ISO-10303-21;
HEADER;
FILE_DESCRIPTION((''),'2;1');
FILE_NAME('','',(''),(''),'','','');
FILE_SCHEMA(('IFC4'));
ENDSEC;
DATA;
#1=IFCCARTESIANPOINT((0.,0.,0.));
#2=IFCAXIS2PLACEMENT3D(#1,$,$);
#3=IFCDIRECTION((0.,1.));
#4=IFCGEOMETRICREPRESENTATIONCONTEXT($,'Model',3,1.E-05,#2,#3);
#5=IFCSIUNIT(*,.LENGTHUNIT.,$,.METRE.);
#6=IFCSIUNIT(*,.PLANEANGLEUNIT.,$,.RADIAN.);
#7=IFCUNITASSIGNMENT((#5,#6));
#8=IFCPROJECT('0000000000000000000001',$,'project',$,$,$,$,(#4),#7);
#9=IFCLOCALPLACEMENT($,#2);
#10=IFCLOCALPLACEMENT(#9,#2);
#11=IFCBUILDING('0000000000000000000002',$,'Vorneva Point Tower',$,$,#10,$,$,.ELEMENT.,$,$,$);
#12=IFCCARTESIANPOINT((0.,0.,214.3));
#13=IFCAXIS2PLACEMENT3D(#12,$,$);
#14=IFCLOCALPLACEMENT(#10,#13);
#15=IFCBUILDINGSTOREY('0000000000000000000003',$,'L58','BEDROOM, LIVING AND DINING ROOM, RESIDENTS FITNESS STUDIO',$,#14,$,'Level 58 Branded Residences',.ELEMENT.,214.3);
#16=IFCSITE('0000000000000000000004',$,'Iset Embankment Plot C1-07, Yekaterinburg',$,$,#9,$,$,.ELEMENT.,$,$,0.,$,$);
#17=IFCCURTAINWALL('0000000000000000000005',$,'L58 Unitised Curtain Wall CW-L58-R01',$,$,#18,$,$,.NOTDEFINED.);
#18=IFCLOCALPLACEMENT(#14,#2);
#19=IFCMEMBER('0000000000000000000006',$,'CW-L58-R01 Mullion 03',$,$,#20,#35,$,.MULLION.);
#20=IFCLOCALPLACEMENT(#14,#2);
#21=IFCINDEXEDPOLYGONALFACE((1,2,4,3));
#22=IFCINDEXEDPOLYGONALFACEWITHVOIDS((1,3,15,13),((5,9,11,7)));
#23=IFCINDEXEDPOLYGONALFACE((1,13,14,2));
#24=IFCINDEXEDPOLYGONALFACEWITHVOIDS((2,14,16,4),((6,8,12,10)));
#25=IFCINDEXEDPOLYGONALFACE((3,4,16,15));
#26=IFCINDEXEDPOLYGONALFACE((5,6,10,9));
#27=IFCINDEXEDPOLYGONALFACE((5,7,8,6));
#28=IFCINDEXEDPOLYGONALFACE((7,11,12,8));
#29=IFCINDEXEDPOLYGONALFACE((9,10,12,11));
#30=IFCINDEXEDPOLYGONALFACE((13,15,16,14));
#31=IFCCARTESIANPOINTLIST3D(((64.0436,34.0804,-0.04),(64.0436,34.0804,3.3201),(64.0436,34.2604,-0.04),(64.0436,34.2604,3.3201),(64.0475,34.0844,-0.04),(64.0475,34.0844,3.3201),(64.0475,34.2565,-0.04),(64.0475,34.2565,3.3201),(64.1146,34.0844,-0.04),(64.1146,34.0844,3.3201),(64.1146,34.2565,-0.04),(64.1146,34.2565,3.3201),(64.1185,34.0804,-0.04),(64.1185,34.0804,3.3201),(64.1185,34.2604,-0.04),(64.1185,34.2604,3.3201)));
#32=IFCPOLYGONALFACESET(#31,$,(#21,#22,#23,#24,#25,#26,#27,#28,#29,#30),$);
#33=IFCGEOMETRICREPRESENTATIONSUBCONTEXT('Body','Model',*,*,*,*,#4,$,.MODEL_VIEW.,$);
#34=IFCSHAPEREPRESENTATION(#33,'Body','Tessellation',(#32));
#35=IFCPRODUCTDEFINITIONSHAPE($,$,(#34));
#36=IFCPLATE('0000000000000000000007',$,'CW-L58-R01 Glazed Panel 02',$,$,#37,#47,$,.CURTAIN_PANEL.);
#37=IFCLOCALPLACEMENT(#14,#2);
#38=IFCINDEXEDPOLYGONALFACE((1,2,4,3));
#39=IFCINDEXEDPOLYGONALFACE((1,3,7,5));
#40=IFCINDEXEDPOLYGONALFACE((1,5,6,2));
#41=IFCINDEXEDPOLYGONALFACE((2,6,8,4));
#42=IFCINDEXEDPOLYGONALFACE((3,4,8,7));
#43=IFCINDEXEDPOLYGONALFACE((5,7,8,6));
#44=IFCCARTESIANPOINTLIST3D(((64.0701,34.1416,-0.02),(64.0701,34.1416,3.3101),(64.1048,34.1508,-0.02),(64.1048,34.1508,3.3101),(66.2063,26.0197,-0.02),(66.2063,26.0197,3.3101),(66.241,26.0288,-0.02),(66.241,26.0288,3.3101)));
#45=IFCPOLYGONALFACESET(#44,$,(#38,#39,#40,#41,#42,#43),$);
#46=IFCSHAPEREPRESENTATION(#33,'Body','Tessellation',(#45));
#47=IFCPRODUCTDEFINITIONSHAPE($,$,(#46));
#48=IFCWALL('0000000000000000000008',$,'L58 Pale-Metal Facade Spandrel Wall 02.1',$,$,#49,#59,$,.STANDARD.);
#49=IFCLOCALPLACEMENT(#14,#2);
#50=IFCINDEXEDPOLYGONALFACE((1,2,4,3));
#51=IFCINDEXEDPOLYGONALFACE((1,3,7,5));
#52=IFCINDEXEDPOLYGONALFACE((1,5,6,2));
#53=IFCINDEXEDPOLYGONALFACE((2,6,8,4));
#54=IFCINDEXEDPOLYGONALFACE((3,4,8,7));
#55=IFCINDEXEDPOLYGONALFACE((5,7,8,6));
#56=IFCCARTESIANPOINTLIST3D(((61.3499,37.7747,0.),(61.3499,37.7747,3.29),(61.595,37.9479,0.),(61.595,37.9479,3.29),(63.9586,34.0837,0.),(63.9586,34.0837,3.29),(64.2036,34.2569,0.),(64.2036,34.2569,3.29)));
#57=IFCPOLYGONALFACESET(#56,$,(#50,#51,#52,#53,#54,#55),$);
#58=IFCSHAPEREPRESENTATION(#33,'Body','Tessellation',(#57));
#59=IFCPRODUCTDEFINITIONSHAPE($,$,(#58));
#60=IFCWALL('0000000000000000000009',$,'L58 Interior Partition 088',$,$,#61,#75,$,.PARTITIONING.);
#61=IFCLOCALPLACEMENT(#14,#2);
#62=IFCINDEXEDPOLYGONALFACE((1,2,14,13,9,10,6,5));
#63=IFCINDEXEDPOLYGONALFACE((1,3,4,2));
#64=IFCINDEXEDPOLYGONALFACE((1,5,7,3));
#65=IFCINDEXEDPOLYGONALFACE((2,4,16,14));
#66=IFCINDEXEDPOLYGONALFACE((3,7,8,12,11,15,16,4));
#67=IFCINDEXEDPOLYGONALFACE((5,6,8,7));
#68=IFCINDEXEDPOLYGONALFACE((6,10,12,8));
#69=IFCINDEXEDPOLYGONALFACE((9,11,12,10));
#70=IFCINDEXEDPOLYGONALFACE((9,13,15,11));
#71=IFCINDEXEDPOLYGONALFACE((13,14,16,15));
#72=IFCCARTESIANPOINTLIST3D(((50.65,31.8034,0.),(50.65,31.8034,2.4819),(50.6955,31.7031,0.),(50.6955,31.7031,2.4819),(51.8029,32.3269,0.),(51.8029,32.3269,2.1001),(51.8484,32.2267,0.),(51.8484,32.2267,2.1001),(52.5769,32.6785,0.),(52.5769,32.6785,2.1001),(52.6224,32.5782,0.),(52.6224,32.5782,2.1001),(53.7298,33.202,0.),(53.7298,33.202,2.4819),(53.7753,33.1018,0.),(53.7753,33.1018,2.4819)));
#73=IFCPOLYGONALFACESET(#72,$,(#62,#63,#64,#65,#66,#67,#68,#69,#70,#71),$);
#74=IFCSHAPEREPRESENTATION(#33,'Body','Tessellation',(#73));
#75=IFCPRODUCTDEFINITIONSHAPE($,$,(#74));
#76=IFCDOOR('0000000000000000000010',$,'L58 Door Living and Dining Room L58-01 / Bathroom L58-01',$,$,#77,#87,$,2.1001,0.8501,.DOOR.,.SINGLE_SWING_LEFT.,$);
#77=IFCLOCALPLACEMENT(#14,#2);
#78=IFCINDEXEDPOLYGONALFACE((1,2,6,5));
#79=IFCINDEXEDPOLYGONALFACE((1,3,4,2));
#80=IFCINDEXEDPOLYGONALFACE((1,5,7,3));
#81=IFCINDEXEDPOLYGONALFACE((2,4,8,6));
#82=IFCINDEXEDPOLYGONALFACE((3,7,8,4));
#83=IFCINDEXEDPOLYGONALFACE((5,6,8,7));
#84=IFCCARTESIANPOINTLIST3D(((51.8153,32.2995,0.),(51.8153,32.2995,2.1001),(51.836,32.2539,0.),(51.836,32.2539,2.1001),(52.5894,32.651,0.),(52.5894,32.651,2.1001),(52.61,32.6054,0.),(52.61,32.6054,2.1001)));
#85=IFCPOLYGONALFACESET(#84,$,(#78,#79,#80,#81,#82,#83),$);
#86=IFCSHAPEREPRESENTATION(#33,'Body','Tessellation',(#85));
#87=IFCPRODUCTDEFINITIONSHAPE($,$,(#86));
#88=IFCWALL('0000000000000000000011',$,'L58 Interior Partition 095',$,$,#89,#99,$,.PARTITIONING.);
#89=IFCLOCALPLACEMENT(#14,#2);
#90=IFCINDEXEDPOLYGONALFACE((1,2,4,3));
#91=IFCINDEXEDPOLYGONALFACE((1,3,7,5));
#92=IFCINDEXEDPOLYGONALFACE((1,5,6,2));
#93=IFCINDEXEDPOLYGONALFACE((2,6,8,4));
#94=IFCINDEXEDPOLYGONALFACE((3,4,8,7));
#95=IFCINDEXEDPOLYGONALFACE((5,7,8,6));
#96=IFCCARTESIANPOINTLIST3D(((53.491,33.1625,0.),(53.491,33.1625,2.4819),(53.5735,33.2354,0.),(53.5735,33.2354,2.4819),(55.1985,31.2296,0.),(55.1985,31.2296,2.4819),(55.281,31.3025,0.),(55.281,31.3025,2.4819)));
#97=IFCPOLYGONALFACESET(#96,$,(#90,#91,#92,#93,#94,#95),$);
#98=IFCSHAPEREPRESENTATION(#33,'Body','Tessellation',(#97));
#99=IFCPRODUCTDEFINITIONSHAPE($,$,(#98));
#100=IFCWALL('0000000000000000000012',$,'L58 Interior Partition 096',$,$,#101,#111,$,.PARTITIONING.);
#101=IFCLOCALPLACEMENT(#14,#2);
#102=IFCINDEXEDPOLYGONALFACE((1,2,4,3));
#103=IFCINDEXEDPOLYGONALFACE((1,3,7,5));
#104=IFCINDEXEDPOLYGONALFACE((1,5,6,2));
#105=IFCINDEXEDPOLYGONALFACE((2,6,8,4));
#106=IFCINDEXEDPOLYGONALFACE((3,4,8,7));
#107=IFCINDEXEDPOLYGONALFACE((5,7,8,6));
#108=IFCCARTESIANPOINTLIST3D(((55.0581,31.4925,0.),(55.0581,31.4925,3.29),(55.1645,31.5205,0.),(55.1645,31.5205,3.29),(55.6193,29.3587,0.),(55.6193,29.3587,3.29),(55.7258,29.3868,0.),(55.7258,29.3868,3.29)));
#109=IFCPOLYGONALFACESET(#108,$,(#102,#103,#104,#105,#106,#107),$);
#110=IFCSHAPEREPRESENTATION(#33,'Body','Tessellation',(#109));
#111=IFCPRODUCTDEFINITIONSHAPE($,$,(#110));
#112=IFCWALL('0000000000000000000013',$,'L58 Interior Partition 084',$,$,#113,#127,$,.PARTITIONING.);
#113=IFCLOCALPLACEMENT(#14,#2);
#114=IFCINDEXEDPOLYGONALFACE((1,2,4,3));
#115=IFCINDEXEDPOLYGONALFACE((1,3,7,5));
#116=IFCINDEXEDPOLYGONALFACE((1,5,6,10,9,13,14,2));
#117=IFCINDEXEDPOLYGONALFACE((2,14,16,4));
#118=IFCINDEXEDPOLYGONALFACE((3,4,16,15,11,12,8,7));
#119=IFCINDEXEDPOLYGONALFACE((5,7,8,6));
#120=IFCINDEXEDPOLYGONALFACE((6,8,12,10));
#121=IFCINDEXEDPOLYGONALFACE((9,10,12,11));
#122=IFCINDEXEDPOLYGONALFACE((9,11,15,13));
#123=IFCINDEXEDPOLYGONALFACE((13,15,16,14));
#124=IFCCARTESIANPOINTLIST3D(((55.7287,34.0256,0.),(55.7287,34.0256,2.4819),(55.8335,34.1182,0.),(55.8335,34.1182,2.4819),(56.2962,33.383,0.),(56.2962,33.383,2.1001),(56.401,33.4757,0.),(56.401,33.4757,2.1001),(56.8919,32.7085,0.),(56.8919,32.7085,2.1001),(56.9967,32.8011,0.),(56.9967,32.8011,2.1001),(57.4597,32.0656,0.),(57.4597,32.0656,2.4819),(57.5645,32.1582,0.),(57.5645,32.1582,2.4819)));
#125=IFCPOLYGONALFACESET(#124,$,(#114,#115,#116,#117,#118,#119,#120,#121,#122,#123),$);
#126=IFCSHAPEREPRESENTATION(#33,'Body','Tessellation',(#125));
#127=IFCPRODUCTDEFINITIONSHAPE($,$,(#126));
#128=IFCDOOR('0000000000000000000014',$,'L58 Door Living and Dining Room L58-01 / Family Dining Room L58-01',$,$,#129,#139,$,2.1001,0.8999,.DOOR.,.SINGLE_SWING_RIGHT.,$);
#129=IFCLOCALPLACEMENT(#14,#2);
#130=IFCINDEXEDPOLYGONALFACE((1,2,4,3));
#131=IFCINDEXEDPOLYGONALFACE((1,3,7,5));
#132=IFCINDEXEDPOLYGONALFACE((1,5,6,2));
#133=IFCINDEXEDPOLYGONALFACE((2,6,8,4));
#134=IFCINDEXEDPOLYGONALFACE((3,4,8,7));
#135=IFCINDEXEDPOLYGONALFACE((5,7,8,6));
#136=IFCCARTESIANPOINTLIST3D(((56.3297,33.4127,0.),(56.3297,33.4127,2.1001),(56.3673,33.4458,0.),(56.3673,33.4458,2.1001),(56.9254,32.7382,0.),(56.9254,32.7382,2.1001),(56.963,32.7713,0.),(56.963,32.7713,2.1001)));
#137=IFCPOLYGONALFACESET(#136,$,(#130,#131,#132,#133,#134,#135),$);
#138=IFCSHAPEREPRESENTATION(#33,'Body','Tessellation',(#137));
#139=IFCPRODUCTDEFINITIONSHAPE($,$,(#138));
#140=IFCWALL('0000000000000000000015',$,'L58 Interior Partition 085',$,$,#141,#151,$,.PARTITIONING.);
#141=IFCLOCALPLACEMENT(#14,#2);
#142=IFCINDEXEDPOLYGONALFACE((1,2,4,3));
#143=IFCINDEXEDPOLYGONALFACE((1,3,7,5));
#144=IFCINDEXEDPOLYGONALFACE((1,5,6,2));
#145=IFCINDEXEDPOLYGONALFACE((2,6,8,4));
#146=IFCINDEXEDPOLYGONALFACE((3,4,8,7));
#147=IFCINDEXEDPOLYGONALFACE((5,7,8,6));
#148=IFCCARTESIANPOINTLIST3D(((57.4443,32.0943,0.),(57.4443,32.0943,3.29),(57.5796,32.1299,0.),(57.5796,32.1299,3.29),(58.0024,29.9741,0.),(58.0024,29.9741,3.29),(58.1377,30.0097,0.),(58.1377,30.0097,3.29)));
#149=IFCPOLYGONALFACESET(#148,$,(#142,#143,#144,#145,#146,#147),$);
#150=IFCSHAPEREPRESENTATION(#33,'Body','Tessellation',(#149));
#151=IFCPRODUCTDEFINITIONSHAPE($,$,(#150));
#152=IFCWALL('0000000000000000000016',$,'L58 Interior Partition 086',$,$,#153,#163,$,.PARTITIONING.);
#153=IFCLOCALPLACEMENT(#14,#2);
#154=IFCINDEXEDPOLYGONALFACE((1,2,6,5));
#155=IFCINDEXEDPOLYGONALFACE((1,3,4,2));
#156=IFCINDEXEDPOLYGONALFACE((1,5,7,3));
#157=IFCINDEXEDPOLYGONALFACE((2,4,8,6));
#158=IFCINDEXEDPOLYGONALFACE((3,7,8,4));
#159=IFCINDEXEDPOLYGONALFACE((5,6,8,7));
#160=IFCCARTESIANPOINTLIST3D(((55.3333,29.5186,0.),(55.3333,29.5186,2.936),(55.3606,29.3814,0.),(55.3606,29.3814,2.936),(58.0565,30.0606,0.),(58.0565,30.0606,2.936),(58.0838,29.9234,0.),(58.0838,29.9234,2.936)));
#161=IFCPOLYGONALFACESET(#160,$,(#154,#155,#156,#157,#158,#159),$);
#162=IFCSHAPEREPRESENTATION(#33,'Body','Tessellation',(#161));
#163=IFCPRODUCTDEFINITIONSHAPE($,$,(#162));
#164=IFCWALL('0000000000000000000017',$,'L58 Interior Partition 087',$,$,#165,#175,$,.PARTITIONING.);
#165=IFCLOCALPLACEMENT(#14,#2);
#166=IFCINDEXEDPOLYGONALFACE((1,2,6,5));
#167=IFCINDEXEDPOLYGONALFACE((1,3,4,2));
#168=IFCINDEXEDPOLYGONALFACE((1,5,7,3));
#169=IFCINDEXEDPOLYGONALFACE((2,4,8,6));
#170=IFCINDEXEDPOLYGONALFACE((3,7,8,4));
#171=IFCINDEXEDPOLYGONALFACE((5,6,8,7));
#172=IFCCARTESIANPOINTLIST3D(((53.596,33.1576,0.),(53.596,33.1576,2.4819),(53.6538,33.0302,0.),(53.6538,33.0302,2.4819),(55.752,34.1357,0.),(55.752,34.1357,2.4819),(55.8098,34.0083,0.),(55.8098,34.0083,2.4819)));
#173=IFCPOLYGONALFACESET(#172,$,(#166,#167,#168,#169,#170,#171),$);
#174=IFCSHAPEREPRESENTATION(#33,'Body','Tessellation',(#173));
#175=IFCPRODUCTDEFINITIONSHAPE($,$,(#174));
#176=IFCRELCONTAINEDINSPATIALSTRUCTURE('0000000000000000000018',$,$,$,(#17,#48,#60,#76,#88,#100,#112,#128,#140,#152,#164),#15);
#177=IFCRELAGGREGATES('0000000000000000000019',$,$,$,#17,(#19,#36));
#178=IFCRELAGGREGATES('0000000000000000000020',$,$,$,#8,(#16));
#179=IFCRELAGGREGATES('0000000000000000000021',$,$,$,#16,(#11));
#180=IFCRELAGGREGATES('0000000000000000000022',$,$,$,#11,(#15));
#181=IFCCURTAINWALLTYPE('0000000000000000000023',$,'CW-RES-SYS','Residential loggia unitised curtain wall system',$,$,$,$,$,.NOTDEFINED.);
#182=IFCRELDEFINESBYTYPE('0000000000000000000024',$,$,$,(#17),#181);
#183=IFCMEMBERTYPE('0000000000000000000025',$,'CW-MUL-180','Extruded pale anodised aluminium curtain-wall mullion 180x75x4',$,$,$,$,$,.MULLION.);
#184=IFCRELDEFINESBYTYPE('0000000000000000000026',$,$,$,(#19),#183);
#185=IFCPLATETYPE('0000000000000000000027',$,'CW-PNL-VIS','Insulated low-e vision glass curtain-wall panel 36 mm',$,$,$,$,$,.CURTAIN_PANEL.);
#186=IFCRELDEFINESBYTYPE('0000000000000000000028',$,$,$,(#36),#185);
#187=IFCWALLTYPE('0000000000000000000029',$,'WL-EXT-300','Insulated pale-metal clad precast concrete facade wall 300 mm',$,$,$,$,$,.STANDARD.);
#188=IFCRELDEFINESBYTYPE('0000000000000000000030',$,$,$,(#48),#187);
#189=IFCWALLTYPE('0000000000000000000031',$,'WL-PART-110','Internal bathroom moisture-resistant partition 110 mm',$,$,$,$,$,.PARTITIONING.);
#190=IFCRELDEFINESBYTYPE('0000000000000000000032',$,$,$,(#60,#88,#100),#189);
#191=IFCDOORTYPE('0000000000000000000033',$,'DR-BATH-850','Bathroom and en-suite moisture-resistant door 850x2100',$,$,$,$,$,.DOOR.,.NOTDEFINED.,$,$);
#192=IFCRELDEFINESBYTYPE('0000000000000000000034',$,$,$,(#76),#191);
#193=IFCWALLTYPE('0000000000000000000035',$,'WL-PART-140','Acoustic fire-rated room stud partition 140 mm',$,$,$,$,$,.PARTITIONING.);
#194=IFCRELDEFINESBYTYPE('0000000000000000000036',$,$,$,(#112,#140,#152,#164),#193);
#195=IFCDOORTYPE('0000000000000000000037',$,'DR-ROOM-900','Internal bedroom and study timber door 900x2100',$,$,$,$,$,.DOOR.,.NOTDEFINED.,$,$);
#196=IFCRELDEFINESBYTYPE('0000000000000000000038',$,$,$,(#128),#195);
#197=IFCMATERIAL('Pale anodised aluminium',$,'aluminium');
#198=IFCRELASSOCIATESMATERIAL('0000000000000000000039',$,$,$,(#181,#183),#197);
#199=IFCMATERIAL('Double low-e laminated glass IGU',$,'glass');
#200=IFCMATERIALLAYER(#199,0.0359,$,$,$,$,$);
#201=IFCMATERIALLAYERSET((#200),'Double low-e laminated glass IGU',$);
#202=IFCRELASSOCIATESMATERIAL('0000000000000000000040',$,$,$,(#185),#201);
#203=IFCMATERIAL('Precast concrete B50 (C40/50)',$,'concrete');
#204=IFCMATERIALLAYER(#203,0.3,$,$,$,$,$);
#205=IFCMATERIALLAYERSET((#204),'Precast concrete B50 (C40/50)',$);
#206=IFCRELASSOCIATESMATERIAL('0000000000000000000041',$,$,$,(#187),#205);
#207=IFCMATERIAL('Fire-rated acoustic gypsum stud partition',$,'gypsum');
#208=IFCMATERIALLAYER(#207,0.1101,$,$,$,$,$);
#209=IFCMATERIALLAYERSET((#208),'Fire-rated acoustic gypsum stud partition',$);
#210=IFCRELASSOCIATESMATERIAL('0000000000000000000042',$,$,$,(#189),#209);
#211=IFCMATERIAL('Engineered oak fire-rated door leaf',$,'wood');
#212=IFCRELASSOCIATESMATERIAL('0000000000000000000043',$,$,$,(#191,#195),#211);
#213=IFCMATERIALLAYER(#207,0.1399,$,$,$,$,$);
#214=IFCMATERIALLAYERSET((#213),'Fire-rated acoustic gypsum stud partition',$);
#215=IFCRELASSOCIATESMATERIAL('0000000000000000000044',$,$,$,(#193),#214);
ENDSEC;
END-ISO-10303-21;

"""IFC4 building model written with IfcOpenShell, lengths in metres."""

from ifc_helpers import new_model, si_unit, direction, frame, frame_2d, origin, origin_2d, place, context, subcontext, project, spatial, rectangle, hollow_rectangle, extrude, material, layer, layer_set, material_profile, profile_set, type_object, element, fill, aggregate, save


model = new_model("IFC4")

# Units and contexts
model_context = context("Model", 3, precision=1e-05, world=origin(), true_north=direction((0.0, 1.0)))
body_context = subcontext(model_context, "Body", "Model", "MODEL_VIEW")
ifc_project = project(units=[si_unit("LENGTHUNIT", "METRE"), si_unit("PLANEANGLEUNIT", "RADIAN")], contexts=[model_context])

# Site, building, storey
site_placement = place(None, origin())
site = spatial("IfcSite", under=ifc_project, at=site_placement, Name="Iset Embankment Plot C1-07, Yekaterinburg", CompositionType="ELEMENT", RefElevation=0.0)
building_placement = place(site_placement, origin())
building = spatial("IfcBuilding", under=site, at=building_placement, Name="Vorneva Point Tower", CompositionType="ELEMENT")
storey_placement = place(building_placement, frame((0.0, 0.0, 214.3)))
storey = spatial("IfcBuildingStorey", under=building, at=storey_placement, Name="L58", Description="BEDROOM, LIVING AND DINING ROOM, RESIDENTS FITNESS STUDIO", LongName="Level 58 Branded Residences", CompositionType="ELEMENT", Elevation=214.3)

# Curtain wall, member, plate
ifc_material_1 = material(Name="Pale anodised aluminium", Category="aluminium")
curtain_wall_type = type_object("IfcCurtainWallType", Name="CW-RES-SYS", Description="Residential loggia unitised curtain wall system", PredefinedType="NOTDEFINED", material=ifc_material_1)
curtain_wall_placement = place(storey_placement, origin())
curtain_wall = element("IfcCurtainWall", 1, at=curtain_wall_placement, inside=storey, type_object=curtain_wall_type, Name="L58 Unitised Curtain Wall CW-L58-R01", PredefinedType="NOTDEFINED")
ifc_material_profile_1 = material_profile(ifc_material_1, hollow_rectangle(XDim=0.075, YDim=0.1799, WallThickness=0.0039, at=origin_2d()), Name="AL-MUL 180x75x4")
ifc_profile_set_1 = profile_set([ifc_material_profile_1], Name="Pale anodised aluminium")
member_type = type_object("IfcMemberType", Name="CW-MUL-180", Description="Extruded pale anodised aluminium curtain-wall mullion 180x75x4", PredefinedType="MULLION", material=ifc_profile_set_1)
member_placement = place(storey_placement, frame((64.0811, 34.1704, -0.04), z_axis=(0.0, 0.0, 1.0), x_axis=(1.0, 0.0, 0.0)))
member = element("IfcMember", 2, at=member_placement, type_object=member_type, Name="CW-L58-R01 Mullion 03", PredefinedType="MULLION", context=body_context, shape_type="SweptSolid", body=[
    extrude(hollow_rectangle(XDim=0.075, YDim=0.1799, WallThickness=0.0039, at=origin_2d()), origin(), (0.0, 0.0, 1.0), 3.3601),
])
ifc_material_2 = material(Name="Double low-e laminated glass IGU", Category="glass")
ifc_layer_1 = layer(ifc_material_2, 0.0359)
ifc_layer_set_1 = layer_set([ifc_layer_1], Name="Double low-e laminated glass IGU")
plate_type = type_object("IfcPlateType", Name="CW-PNL-VIS", Description="Insulated low-e vision glass curtain-wall panel 36 mm", PredefinedType="CURTAIN_PANEL", material=ifc_layer_set_1)
plate_placement = place(storey_placement, frame((65.1555, 30.0852, -0.02), z_axis=(0.0, 0.0, 1.0), x_axis=(-0.254366, 0.967108, 0.0)))
plate = element("IfcPlate", 3, at=plate_placement, type_object=plate_type, Name="CW-L58-R01 Glazed Panel 02", PredefinedType="CURTAIN_PANEL", context=body_context, shape_type="SweptSolid", body=[
    extrude(rectangle(XDim=8.3982, YDim=0.0359, at=origin_2d()), origin(), (0.0, 0.0, 1.0), 3.3301),
])
aggregate(curtain_wall, [member, plate])

# Wall
ifc_material_3 = material(Name="Precast concrete B50 (C40/50)", Category="concrete")
ifc_layer_2 = layer(ifc_material_3, 0.3)
ifc_layer_set_2 = layer_set([ifc_layer_2], Name="Precast concrete B50 (C40/50)")
wall_type_1 = type_object("IfcWallType", Name="WL-EXT-300", Description="Insulated pale-metal clad precast concrete facade wall 300 mm", PredefinedType="STANDARD", material=ifc_layer_set_2)
wall_1_placement = place(storey_placement, frame((64.0811, 34.1704, 0.0), z_axis=(0.0, 0.0, 1.0), x_axis=(-0.577169, 0.816625, 0.0)))
element("IfcWall", 4, at=wall_1_placement, inside=storey, type_object=wall_type_1, Name="L58 Pale-Metal Facade Spandrel Wall 02.1", PredefinedType="STANDARD", context=body_context, shape_type="SweptSolid", body=[
    extrude(rectangle(XDim=4.5198, YDim=0.3, at=frame_2d((2.2598, 0.0))), origin(), (0.0, 0.0, 1.0), 3.29),
])

# Wall, opening, door
ifc_material_4 = material(Name="Fire-rated acoustic gypsum stud partition", Category="gypsum")
ifc_layer_3 = layer(ifc_material_4, 0.1101)
ifc_layer_set_3 = layer_set([ifc_layer_3], Name="Fire-rated acoustic gypsum stud partition")
wall_type_2 = type_object("IfcWallType", Name="WL-PART-110", Description="Internal bathroom moisture-resistant partition 110 mm", PredefinedType="PARTITIONING", material=ifc_layer_set_3)
wall_2_placement = place(storey_placement, frame((50.6726, 31.7532, 0.0), z_axis=(0.0, 0.0, 1.0), x_axis=(0.910505, 0.413498, 0.0)))
wall_2 = element("IfcWall", 5, at=wall_2_placement, inside=storey, type_object=wall_type_2, Name="L58 Interior Partition 088", PredefinedType="PARTITIONING", context=body_context, shape_type="SweptSolid", body=[
    extrude(rectangle(XDim=3.3826, YDim=0.1101, at=frame_2d((1.6914, 0.0))), origin(), (0.0, 0.0, 1.0), 2.4819),
])
opening_1_placement = place(wall_2_placement, frame((1.2664, 0.0, 0.0)))
opening_1 = element("IfcOpeningElement", 6, at=opening_1_placement, cuts=wall_2, PredefinedType="OPENING", context=body_context, shape_type="SweptSolid", body=[
    extrude(rectangle(XDim=0.8501, YDim=2.1001, at=frame_2d((0.425, 1.05))), frame((0.0, 0.0698, 0.0), z_axis=(0.0, -1.0, 0.0), x_axis=(1.0, 0.0, 0.0)), (0.0, 0.0, 1.0), 0.1399),
])
ifc_material_5 = material(Name="Engineered oak fire-rated door leaf", Category="wood")
door_type_1 = type_object("IfcDoorType", Name="DR-BATH-850", Description="Bathroom and en-suite moisture-resistant door 850x2100", OperationType="NOTDEFINED", PredefinedType="DOOR", material=ifc_material_5)
door_1_placement = place(opening_1_placement, origin())
door_1 = element("IfcDoor", 7, at=door_1_placement, inside=storey, type_object=door_type_1, Name="L58 Door Living and Dining Room L58-01 / Bathroom L58-01", OperationType="SINGLE_SWING_LEFT", OverallHeight=2.1001, OverallWidth=0.8501, PredefinedType="DOOR", context=body_context, shape_type="SweptSolid", body=[
    extrude(rectangle(XDim=0.8501, YDim=2.1001, at=frame_2d((0.425, 1.05))), frame((0.0, 0.0249, 0.0), z_axis=(0.0, -1.0, 0.0), x_axis=(1.0, 0.0, 0.0)), (0.0, 0.0, 1.0), 0.05),
])
fill(opening_1, door_1)

# Walls
wall_3_placement = place(storey_placement, frame((53.5322, 33.199, 0.0), z_axis=(0.0, 0.0, 1.0), x_axis=(0.662069, -0.749443, 0.0)))
element("IfcWall", 8, at=wall_3_placement, inside=storey, type_object=wall_type_2, Name="L58 Interior Partition 095", PredefinedType="PARTITIONING", context=body_context, shape_type="SweptSolid", body=[
    extrude(rectangle(XDim=2.5791, YDim=0.1101, at=frame_2d((1.2896, 0.0))), origin(), (0.0, 0.0, 1.0), 2.4819),
])
wall_4_placement = place(storey_placement, frame((55.1113, 31.5063, 0.0), z_axis=(0.0, 0.0, 1.0), x_axis=(0.25439, -0.967102, 0.0)))
element("IfcWall", 9, at=wall_4_placement, inside=storey, type_object=wall_type_2, Name="L58 Interior Partition 096", PredefinedType="PARTITIONING", context=body_context, shape_type="SweptSolid", body=[
    extrude(rectangle(XDim=2.2063, YDim=0.1101, at=frame_2d((1.103, 0.0))), origin(), (0.0, 0.0, 1.0), 3.29),
])

# Wall, opening, door
ifc_layer_4 = layer(ifc_material_4, 0.1399)
ifc_layer_set_4 = layer_set([ifc_layer_4], Name="Fire-rated acoustic gypsum stud partition")
wall_type_3 = type_object("IfcWallType", Name="WL-PART-140", Description="Acoustic fire-rated room stud partition 140 mm", PredefinedType="PARTITIONING", material=ifc_layer_set_4)
wall_5_placement = place(storey_placement, frame((55.781, 34.072, 0.0), z_axis=(0.0, 0.0, 1.0), x_axis=(0.661961, -0.749538, 0.0)))
wall_5 = element("IfcWall", 10, at=wall_5_placement, inside=storey, type_object=wall_type_3, Name="L58 Interior Partition 084", PredefinedType="PARTITIONING", context=body_context, shape_type="SweptSolid", body=[
    extrude(rectangle(XDim=2.615, YDim=0.1399, at=frame_2d((1.3076, 0.0))), origin(), (0.0, 0.0, 1.0), 2.4819),
])
opening_2_placement = place(wall_5_placement, frame((0.8574, 0.0, 0.0)))
opening_2 = element("IfcOpeningElement", 11, at=opening_2_placement, cuts=wall_5, PredefinedType="OPENING", context=body_context, shape_type="SweptSolid", body=[
    extrude(rectangle(XDim=0.8999, YDim=2.1001, at=frame_2d((0.45, 1.05))), frame((0.0, 0.085, 0.0), z_axis=(0.0, -1.0, 0.0), x_axis=(1.0, 0.0, 0.0)), (0.0, 0.0, 1.0), 0.1697),
])
door_type_2 = type_object("IfcDoorType", Name="DR-ROOM-900", Description="Internal bedroom and study timber door 900x2100", OperationType="NOTDEFINED", PredefinedType="DOOR", material=ifc_material_5)
door_2_placement = place(opening_2_placement, origin())
door_2 = element("IfcDoor", 12, at=door_2_placement, inside=storey, type_object=door_type_2, Name="L58 Door Living and Dining Room L58-01 / Family Dining Room L58-01", OperationType="SINGLE_SWING_RIGHT", OverallHeight=2.1001, OverallWidth=0.8999, PredefinedType="DOOR", context=body_context, shape_type="SweptSolid", body=[
    extrude(rectangle(XDim=0.8999, YDim=2.1001, at=frame_2d((0.45, 1.05))), frame((0.0, 0.0249, 0.0), z_axis=(0.0, -1.0, 0.0), x_axis=(1.0, 0.0, 0.0)), (0.0, 0.0, 1.0), 0.05),
])
fill(opening_2, door_2)

# Walls
wall_6_placement = place(storey_placement, frame((57.512, 32.1121, 0.0), z_axis=(0.0, 0.0, 1.0), x_axis=(0.25457, -0.967054, 0.0)))
element("IfcWall", 13, at=wall_6_placement, inside=storey, type_object=wall_type_3, Name="L58 Interior Partition 085", PredefinedType="PARTITIONING", context=body_context, shape_type="SweptSolid", body=[
    extrude(rectangle(XDim=2.1924, YDim=0.1399, at=frame_2d((1.0962, 0.0))), origin(), (0.0, 0.0, 1.0), 3.29),
])
wall_7_placement = place(storey_placement, frame((58.0701, 29.9919, 0.0), z_axis=(0.0, 0.0, 1.0), x_axis=(-0.980763, -0.195203, 0.0)))
element("IfcWall", 14, at=wall_7_placement, inside=storey, type_object=wall_type_3, Name="L58 Interior Partition 086", PredefinedType="PARTITIONING", context=body_context, shape_type="SweptSolid", body=[
    extrude(rectangle(XDim=2.7766, YDim=0.1399, at=frame_2d((1.3882, 0.0))), origin(), (0.0, 0.0, 1.0), 2.936),
])
wall_8_placement = place(storey_placement, frame((53.625, 33.094, 0.0), z_axis=(0.0, 0.0, 1.0), x_axis=(0.910681, 0.413111, 0.0)))
element("IfcWall", 15, at=wall_8_placement, inside=storey, type_object=wall_type_3, Name="L58 Interior Partition 087", PredefinedType="PARTITIONING", context=body_context, shape_type="SweptSolid", body=[
    extrude(rectangle(XDim=2.3674, YDim=0.1399, at=frame_2d((1.1836, 0.0))), origin(), (0.0, 0.0, 1.0), 2.4819),
])

save(model, "model.ifc")
